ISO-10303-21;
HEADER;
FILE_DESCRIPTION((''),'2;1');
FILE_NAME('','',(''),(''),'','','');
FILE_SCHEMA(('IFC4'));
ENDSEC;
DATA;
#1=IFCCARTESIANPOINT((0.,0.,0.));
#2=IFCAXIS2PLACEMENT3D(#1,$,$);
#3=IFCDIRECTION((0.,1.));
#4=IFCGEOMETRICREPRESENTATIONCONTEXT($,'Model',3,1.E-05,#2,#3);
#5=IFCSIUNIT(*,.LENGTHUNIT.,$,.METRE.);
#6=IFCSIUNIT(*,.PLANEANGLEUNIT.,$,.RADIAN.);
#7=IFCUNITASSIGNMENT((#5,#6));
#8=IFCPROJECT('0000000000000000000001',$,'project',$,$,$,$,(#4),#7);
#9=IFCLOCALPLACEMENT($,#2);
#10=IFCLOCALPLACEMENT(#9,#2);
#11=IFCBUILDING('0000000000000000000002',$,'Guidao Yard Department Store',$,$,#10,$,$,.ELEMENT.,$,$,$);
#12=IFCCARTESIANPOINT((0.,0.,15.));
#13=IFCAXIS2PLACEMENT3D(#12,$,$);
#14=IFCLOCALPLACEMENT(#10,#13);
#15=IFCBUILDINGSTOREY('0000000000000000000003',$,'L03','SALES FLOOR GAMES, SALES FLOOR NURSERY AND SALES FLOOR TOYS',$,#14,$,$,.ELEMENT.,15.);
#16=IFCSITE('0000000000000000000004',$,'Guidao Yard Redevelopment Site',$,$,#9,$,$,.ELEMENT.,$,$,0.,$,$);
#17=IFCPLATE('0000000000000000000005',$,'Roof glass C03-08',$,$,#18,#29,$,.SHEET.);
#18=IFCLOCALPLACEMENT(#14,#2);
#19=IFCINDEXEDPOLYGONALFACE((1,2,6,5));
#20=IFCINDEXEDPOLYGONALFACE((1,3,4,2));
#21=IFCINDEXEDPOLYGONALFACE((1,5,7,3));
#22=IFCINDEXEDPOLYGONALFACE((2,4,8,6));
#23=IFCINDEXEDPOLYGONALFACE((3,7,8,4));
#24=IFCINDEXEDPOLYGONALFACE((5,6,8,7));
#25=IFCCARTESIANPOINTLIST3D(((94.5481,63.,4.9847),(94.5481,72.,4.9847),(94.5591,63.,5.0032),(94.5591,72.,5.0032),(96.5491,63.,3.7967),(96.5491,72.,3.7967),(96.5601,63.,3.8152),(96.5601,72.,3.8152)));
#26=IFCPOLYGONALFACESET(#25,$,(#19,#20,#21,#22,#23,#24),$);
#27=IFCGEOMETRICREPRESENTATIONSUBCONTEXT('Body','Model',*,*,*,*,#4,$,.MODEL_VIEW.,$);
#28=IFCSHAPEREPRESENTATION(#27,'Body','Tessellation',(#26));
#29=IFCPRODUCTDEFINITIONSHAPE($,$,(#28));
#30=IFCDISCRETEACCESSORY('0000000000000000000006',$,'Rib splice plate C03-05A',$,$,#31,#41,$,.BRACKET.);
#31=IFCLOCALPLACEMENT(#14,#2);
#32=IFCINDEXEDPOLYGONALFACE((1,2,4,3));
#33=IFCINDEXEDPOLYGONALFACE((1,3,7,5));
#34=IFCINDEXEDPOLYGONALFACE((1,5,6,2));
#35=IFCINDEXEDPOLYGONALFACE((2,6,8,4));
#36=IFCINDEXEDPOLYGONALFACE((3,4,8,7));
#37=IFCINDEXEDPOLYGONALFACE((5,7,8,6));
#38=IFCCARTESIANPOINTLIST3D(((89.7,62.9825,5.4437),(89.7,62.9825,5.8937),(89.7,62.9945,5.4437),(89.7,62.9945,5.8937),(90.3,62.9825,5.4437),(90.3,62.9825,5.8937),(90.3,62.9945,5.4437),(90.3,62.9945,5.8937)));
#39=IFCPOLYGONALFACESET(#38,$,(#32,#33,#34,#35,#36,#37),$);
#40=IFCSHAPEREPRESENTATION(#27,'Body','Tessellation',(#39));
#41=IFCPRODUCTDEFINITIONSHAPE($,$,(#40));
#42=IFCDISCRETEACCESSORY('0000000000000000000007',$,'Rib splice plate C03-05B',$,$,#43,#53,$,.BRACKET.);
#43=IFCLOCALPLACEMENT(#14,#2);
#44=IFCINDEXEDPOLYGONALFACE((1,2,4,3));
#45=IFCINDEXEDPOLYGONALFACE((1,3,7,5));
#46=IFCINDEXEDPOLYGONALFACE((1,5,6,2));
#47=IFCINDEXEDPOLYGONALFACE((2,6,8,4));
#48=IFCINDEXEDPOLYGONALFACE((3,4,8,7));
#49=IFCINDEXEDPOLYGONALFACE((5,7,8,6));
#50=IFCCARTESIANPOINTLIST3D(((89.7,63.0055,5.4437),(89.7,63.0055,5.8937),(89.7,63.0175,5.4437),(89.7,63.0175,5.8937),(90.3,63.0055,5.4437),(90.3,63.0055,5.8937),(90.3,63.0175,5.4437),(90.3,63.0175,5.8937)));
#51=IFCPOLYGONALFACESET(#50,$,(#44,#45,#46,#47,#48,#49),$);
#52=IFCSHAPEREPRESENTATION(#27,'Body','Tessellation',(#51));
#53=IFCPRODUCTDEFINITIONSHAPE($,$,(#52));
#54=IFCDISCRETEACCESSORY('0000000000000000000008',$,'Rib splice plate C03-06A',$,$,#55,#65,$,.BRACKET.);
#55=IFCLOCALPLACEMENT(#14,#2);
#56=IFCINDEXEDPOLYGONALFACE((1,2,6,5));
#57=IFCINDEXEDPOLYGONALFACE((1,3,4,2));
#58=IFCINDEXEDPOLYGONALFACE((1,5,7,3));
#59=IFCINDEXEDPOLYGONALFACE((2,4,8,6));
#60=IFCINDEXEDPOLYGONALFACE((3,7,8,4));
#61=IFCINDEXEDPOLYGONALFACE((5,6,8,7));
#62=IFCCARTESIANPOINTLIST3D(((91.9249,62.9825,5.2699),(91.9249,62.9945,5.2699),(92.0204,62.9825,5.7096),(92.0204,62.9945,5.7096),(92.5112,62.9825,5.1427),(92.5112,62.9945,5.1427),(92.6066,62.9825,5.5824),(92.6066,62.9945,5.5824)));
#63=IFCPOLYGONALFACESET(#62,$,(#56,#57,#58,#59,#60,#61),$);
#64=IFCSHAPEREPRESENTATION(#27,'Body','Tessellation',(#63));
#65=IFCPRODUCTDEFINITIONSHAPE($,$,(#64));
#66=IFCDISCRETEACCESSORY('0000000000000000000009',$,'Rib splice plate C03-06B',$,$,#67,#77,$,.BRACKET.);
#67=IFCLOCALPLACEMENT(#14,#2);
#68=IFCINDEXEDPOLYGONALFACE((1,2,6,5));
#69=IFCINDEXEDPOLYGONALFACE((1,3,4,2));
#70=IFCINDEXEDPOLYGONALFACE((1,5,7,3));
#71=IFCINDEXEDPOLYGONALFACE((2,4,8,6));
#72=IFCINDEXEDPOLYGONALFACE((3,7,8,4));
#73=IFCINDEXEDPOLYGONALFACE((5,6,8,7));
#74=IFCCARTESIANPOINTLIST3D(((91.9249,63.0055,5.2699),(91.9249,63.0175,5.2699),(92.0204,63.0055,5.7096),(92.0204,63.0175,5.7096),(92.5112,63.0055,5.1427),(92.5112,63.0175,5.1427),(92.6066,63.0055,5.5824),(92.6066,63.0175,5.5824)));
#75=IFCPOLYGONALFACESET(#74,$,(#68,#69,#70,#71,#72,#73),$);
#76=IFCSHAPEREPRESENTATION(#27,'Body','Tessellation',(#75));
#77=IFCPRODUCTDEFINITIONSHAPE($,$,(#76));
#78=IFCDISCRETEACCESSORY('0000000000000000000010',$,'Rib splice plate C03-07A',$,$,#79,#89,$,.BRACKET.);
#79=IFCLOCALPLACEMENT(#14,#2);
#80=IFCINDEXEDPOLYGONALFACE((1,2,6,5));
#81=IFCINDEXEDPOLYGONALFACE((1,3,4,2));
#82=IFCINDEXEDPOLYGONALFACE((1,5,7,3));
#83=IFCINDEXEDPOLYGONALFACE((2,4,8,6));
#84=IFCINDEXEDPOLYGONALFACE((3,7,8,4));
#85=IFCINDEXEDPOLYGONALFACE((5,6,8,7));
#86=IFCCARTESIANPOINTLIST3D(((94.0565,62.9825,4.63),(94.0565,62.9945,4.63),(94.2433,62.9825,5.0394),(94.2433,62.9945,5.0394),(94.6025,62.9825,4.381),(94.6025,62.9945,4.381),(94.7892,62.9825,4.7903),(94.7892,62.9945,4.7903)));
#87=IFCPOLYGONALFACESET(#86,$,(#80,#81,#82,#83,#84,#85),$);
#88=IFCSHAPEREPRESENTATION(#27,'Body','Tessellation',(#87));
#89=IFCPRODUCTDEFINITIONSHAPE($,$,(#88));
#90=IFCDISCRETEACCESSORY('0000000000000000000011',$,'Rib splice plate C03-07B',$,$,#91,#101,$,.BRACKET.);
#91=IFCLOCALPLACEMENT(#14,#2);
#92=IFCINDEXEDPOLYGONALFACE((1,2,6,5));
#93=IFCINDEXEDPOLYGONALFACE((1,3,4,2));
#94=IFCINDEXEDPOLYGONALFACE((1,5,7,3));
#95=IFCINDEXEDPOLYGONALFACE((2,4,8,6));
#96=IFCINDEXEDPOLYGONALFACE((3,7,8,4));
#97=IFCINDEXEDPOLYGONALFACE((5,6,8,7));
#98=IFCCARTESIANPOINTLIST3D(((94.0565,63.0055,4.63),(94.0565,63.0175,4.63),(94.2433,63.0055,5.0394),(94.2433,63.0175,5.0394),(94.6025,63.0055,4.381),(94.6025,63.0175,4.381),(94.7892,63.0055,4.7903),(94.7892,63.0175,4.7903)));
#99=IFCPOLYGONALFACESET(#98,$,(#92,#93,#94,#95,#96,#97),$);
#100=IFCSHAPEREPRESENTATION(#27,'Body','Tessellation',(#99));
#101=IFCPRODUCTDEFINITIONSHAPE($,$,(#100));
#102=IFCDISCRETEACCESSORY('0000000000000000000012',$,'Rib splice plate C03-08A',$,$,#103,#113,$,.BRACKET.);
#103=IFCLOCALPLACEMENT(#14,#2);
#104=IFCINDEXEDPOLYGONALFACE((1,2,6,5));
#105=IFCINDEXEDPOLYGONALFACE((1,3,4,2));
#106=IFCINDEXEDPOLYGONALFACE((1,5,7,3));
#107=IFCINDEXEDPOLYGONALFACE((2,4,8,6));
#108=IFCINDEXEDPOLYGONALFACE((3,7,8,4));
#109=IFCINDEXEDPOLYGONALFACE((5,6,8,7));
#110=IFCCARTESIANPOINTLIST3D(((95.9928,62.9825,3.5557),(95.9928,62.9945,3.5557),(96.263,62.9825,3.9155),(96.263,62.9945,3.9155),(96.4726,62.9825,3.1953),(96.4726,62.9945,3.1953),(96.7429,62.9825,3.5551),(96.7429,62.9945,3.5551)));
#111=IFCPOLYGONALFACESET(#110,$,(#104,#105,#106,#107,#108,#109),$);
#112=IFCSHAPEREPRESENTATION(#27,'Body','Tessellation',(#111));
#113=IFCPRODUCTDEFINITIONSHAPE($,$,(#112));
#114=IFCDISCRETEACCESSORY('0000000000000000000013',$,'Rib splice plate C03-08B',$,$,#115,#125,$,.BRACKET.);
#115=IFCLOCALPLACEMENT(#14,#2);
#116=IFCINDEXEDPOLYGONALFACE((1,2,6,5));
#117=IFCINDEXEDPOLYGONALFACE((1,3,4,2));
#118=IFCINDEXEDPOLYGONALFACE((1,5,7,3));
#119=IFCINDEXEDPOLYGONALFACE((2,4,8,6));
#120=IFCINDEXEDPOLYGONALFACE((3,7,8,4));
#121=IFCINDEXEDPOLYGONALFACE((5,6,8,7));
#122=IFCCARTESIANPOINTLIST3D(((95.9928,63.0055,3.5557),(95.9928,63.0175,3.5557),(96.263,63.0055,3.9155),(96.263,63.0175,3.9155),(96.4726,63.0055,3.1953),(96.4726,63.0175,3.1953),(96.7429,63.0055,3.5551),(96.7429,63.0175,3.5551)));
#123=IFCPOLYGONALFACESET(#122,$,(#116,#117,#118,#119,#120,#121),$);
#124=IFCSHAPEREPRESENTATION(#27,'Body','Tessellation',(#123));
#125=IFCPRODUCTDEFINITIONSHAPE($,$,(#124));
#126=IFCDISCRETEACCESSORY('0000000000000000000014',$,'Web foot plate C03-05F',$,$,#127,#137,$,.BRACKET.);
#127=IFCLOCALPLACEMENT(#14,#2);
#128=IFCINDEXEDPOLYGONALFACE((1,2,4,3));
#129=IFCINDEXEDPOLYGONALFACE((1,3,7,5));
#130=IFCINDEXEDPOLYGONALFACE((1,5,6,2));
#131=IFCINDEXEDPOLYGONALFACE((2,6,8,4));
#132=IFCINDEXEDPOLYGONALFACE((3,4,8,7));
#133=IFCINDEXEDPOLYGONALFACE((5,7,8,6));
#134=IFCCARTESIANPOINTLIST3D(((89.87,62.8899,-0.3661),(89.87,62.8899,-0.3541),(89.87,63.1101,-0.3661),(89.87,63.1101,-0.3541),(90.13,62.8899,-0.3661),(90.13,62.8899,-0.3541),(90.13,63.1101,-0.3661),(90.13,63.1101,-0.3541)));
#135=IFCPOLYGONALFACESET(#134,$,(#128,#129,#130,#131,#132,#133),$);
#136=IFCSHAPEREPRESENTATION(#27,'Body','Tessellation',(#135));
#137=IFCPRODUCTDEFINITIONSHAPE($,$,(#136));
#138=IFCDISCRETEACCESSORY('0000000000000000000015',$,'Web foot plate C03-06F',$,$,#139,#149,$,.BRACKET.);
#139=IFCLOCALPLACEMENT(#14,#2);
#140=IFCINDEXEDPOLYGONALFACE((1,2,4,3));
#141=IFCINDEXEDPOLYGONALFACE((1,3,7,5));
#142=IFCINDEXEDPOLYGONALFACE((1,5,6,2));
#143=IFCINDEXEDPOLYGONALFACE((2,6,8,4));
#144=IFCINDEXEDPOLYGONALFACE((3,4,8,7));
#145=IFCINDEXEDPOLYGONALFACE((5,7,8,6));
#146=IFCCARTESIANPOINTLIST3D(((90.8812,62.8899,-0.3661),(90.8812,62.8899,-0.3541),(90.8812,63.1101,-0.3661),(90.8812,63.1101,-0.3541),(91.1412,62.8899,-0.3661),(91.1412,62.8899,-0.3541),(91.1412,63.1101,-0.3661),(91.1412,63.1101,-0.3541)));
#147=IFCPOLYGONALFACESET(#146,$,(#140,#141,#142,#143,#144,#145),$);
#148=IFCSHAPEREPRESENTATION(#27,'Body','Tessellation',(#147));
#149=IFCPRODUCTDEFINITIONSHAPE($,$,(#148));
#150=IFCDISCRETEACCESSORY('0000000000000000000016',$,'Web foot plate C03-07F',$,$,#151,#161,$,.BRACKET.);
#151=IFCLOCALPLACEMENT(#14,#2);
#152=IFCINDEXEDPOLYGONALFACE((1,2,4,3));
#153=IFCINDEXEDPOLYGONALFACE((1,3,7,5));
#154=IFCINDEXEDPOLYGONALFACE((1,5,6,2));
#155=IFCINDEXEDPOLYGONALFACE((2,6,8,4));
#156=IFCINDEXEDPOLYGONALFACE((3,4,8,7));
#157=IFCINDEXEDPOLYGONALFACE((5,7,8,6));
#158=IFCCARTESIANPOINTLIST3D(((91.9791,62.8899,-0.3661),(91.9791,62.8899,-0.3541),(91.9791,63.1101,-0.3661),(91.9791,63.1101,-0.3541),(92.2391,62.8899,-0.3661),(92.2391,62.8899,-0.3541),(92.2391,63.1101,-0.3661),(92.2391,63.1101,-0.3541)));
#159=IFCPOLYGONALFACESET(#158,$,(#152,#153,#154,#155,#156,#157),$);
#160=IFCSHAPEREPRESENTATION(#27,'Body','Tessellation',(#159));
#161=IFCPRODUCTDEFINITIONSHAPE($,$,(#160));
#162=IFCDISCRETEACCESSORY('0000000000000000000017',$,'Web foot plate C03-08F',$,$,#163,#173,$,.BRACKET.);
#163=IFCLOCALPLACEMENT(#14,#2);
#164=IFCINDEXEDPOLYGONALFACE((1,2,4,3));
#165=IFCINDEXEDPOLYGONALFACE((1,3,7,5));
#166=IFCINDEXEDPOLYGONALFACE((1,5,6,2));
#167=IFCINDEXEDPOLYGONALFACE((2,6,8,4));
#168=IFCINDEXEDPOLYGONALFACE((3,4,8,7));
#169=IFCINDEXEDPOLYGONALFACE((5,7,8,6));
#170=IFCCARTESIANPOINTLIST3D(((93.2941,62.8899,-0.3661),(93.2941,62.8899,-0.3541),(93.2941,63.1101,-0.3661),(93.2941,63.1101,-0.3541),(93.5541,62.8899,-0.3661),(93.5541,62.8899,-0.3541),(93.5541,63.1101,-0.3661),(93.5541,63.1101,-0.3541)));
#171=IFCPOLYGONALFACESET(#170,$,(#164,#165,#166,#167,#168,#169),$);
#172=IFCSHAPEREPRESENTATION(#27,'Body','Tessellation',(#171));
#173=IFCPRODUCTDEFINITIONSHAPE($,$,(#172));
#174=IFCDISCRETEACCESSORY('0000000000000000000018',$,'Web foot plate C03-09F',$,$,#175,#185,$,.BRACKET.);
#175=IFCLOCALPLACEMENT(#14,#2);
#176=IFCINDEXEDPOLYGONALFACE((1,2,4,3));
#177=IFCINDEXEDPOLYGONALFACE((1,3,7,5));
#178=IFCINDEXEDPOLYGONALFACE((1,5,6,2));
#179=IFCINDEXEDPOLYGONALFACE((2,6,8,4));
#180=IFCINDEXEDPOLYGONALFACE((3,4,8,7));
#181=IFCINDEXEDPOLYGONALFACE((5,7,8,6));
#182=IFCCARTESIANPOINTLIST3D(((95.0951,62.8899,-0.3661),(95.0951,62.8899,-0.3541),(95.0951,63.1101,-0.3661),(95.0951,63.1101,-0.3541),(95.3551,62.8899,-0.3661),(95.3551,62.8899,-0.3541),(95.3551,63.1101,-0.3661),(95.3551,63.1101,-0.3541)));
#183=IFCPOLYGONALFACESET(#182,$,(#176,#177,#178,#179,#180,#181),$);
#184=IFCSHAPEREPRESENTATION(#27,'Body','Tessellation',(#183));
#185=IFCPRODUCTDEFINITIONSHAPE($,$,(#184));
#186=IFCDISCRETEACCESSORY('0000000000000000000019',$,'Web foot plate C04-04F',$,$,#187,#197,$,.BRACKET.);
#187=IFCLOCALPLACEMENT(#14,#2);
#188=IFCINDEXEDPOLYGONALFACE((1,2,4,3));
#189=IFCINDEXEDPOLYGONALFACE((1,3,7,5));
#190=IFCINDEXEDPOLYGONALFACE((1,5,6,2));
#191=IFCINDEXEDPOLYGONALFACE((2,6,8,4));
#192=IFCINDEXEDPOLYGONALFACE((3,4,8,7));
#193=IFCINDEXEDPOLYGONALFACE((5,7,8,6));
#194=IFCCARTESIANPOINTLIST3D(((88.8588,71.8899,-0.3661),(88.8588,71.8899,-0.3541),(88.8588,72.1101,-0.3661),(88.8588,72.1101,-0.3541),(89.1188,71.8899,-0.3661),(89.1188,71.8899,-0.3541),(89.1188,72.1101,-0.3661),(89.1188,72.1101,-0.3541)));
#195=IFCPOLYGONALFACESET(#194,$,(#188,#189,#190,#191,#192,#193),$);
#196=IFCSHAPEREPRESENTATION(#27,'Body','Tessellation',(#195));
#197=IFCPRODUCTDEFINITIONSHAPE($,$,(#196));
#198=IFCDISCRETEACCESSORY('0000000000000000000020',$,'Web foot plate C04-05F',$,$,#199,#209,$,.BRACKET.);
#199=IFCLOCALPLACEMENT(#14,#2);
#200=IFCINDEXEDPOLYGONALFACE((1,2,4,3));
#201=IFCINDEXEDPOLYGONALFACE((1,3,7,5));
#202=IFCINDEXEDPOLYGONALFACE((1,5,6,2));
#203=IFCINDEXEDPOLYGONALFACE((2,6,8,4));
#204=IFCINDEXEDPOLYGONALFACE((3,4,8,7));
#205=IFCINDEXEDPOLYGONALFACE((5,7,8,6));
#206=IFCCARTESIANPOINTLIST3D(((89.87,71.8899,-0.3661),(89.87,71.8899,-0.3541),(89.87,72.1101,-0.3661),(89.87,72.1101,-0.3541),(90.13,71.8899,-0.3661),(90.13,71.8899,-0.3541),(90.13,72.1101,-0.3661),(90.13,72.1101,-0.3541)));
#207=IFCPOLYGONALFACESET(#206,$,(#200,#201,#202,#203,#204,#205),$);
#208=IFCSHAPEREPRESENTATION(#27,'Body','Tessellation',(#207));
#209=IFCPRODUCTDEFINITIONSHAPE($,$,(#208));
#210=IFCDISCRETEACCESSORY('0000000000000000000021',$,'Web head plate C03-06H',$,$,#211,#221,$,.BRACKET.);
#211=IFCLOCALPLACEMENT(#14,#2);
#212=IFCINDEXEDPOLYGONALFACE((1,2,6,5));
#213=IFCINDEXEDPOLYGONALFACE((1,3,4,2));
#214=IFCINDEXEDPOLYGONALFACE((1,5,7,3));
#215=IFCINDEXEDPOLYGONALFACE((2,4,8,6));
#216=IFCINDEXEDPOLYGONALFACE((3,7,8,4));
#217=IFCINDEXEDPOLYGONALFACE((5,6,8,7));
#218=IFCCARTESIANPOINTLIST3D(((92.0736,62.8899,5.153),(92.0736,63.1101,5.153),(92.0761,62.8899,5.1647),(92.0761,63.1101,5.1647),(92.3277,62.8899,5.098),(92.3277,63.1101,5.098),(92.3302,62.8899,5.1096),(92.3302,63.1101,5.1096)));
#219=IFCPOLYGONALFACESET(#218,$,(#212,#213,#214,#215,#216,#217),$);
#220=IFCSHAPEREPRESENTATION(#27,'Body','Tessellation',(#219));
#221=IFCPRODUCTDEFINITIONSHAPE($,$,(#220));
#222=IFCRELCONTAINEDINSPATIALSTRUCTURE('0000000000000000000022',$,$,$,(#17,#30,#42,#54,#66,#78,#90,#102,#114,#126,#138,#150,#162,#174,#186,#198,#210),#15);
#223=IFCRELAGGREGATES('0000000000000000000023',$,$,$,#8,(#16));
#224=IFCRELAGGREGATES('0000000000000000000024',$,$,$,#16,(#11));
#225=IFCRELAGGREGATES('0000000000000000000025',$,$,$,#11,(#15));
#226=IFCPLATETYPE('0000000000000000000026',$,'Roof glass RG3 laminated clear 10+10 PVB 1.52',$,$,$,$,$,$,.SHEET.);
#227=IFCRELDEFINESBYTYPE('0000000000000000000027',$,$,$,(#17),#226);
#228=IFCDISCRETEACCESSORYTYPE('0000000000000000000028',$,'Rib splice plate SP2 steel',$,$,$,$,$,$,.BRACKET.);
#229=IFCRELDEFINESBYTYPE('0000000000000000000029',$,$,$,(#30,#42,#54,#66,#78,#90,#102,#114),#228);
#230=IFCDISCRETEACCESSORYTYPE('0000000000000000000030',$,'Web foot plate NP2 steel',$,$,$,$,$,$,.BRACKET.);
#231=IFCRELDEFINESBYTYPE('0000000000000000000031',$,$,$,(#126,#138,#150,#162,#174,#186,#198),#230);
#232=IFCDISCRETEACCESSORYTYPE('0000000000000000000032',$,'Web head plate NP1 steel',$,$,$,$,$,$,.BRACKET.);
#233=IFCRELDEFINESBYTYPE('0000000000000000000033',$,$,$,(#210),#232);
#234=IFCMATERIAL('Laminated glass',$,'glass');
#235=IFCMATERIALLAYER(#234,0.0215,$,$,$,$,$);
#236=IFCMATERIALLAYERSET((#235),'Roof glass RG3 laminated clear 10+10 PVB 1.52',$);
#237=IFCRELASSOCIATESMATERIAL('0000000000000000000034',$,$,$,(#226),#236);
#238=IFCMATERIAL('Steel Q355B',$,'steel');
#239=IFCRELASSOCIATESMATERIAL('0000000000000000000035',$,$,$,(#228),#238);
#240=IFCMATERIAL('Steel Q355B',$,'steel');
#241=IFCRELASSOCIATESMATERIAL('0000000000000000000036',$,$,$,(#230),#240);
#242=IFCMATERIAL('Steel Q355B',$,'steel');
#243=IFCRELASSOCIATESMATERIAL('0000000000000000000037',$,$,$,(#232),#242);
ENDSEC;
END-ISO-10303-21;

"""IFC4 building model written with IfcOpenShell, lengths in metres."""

from ifc_helpers import new_model, si_unit, direction, frame, origin, origin_2d, place, context, subcontext, project, spatial, polyline, rectangle, outline, extrude, material, layer, layer_set, material_profile, profile_set, type_object, element, save


model = new_model("IFC4")

# Units and contexts
model_context = context("Model", 3, precision=1e-05, world=origin(), true_north=direction((0.0, 1.0)))
body_context = subcontext(model_context, "Body", "Model", "MODEL_VIEW")
ifc_project = project(units=[si_unit("LENGTHUNIT", "METRE"), si_unit("PLANEANGLEUNIT", "RADIAN")], contexts=[model_context])

# Site, building, storey
site_placement = place(None, origin())
site = spatial("IfcSite", under=ifc_project, at=site_placement, Name="Guidao Yard Redevelopment Site", CompositionType="ELEMENT", RefElevation=0.0)
building_placement = place(site_placement, origin())
building = spatial("IfcBuilding", under=site, at=building_placement, Name="Guidao Yard Department Store", CompositionType="ELEMENT")
storey_placement = place(building_placement, frame((0.0, 0.0, 15.0)))
storey = spatial("IfcBuildingStorey", under=building, at=storey_placement, Name="L03", Description="SALES FLOOR GAMES, SALES FLOOR NURSERY AND SALES FLOOR TOYS", CompositionType="ELEMENT", Elevation=15.0)

# Plate
ifc_material_1 = material(Name="Laminated glass", Category="glass")
ifc_layer = layer(ifc_material_1, 0.0215)
ifc_layer_set = layer_set([ifc_layer], Name="Roof glass RG3 laminated clear 10+10 PVB 1.52")
plate_type = type_object("IfcPlateType", Name="Roof glass RG3 laminated clear 10+10 PVB 1.52", PredefinedType="SHEET", material=ifc_layer_set)
plate_placement = place(storey_placement, frame((94.5591, 63.0, 5.0032), z_axis=(0.51051, 0.0, 0.859872), x_axis=(0.859872, 0.0, -0.51051)))
element("IfcPlate", 1, at=plate_placement, inside=storey, type_object=plate_type, Name="Roof glass C03-08", PredefinedType="SHEET", context=body_context, shape_type="SweptSolid", body=[
    extrude(outline(polyline([(0.0, 0.0), (2.3271, 0.0), (2.3271, 9.0), (0.0, 9.0), (0.0, 0.0)])), origin(), (0.0, 0.0, -1.0), 0.0215),
])

# Discrete accessories
ifc_material_2 = material(Name="Steel Q355B", Category="steel")
ifc_material_profile_1 = material_profile(ifc_material_2, rectangle(XDim=0.012, YDim=0.45, at=origin_2d()), Name="Splice plate 450x12")
ifc_profile_set_1 = profile_set([ifc_material_profile_1], Name="Steel Q355B")
discrete_accessory_type_1 = type_object("IfcDiscreteAccessoryType", Name="Rib splice plate SP2 steel", PredefinedType="BRACKET", material=ifc_profile_set_1)
for number, where, z_axis, x_axis, name in (
    (2, (89.7, 62.9885, 5.6687), (1.0, 0.0, 0.0), (0.0, 1.0, 0.0), "Rib splice plate C03-05A"),
    (3, (89.7, 63.0115, 5.6687), (1.0, 0.0, 0.0), (0.0, 1.0, 0.0), "Rib splice plate C03-05B"),
):
    element("IfcDiscreteAccessory", number, at=place(storey_placement, frame(where, z_axis=z_axis, x_axis=x_axis)), inside=storey, type_object=discrete_accessory_type_1, Name=name, PredefinedType="BRACKET", context=body_context, shape_type="SweptSolid", body=[
        extrude(rectangle(XDim=0.012, YDim=0.45, at=origin_2d()), origin(), (0.0, 0.0, 1.0), 0.6001),
    ])
for number, where, z_axis, x_axis, name in (
    (4, (91.9727, 62.9885, 5.4897), (0.977257, 0.0, -0.212058), (0.0, 1.0, 0.0), "Rib splice plate C03-06A"),
    (5, (91.9727, 63.0115, 5.4897), (0.977257, 0.0, -0.212058), (0.0, 1.0, 0.0), "Rib splice plate C03-06B"),
):
    element("IfcDiscreteAccessory", number, at=place(storey_placement, frame(where, z_axis=z_axis, x_axis=x_axis)), inside=storey, type_object=discrete_accessory_type_1, Name=name, PredefinedType="BRACKET", context=body_context, shape_type="SweptSolid", body=[
        extrude(rectangle(XDim=0.012, YDim=0.45, at=origin_2d()), origin(), (0.0, 0.0, 1.0), 0.5999),
    ])
for number, where, z_axis, x_axis, name in (
    (6, (94.1499, 62.9885, 4.8347), (0.909808, 0.0, -0.415029), (0.0, 1.0, 0.0), "Rib splice plate C03-07A"),
    (7, (94.1499, 63.0115, 4.8347), (0.909808, 0.0, -0.415029), (0.0, 1.0, 0.0), "Rib splice plate C03-07B"),
    (8, (96.1279, 62.9885, 3.7356), (0.79956, 0.0, -0.600586), (0.0, 1.0, 0.0), "Rib splice plate C03-08A"),
    (9, (96.1279, 63.0115, 3.7356), (0.79956, 0.0, -0.600586), (0.0, 1.0, 0.0), "Rib splice plate C03-08B"),
):
    element("IfcDiscreteAccessory", number, at=place(storey_placement, frame(where, z_axis=z_axis, x_axis=x_axis)), inside=storey, type_object=discrete_accessory_type_1, Name=name, PredefinedType="BRACKET", context=body_context, shape_type="SweptSolid", body=[
        extrude(rectangle(XDim=0.012, YDim=0.45, at=origin_2d()), origin(), (0.0, 0.0, 1.0), 0.6001),
    ])
ifc_material_3 = material(Name="Steel Q355B", Category="steel")
ifc_material_profile_2 = material_profile(ifc_material_3, rectangle(XDim=0.26, YDim=0.012, at=origin_2d()), Name="Node plate 260x12")
ifc_profile_set_2 = profile_set([ifc_material_profile_2], Name="Steel Q355B")
discrete_accessory_type_2 = type_object("IfcDiscreteAccessoryType", Name="Web foot plate NP2 steel", PredefinedType="BRACKET", material=ifc_profile_set_2)
for number, where, z_axis, x_axis, name in (
    (10, (90.0, 62.8899, -0.3601), (0.0, 1.0, 0.0), (-1.0, 0.0, 0.0), "Web foot plate C03-05F"),
    (11, (91.0112, 62.8899, -0.3601), (0.0, 1.0, 0.0), (-1.0, 0.0, 0.0), "Web foot plate C03-06F"),
    (12, (92.1091, 62.8899, -0.3601), (0.0, 1.0, 0.0), (-1.0, 0.0, 0.0), "Web foot plate C03-07F"),
    (13, (93.4241, 62.8899, -0.3601), (0.0, 1.0, 0.0), (-1.0, 0.0, 0.0), "Web foot plate C03-08F"),
    (14, (95.2251, 62.8899, -0.3601), (0.0, 1.0, 0.0), (-1.0, 0.0, 0.0), "Web foot plate C03-09F"),
    (15, (88.9888, 71.8899, -0.3601), (0.0, 1.0, 0.0), (-1.0, 0.0, 0.0), "Web foot plate C04-04F"),
    (16, (90.0, 71.8899, -0.3601), (0.0, 1.0, 0.0), (-1.0, 0.0, 0.0), "Web foot plate C04-05F"),
):
    element("IfcDiscreteAccessory", number, at=place(storey_placement, frame(where, z_axis=z_axis, x_axis=x_axis)), inside=storey, type_object=discrete_accessory_type_2, Name=name, PredefinedType="BRACKET", context=body_context, shape_type="SweptSolid", body=[
        extrude(rectangle(XDim=0.26, YDim=0.012, at=origin_2d()), origin(), (0.0, 0.0, 1.0), 0.2202),
    ])
ifc_material_4 = material(Name="Steel Q355B", Category="steel")
ifc_material_profile_3 = material_profile(ifc_material_4, rectangle(XDim=0.26, YDim=0.012, at=origin_2d()), Name="Node plate 260x12")
ifc_profile_set_3 = profile_set([ifc_material_profile_3], Name="Steel Q355B")
discrete_accessory_type_3 = type_object("IfcDiscreteAccessoryType", Name="Web head plate NP1 steel", PredefinedType="BRACKET", material=ifc_profile_set_3)
for number, where, z_axis, x_axis, name in (
    (17, (92.2019, 62.8899, 5.1313), (0.0, 1.0, 0.0), (-0.977292, 0.0, 0.211897), "Web head plate C03-06H"),
):
    element("IfcDiscreteAccessory", number, at=place(storey_placement, frame(where, z_axis=z_axis, x_axis=x_axis)), inside=storey, type_object=discrete_accessory_type_3, Name=name, PredefinedType="BRACKET", context=body_context, shape_type="SweptSolid", body=[
        extrude(rectangle(XDim=0.26, YDim=0.012, at=origin_2d()), origin(), (0.0, 0.0, 1.0), 0.2202),
    ])

save(model, "model.ifc")
